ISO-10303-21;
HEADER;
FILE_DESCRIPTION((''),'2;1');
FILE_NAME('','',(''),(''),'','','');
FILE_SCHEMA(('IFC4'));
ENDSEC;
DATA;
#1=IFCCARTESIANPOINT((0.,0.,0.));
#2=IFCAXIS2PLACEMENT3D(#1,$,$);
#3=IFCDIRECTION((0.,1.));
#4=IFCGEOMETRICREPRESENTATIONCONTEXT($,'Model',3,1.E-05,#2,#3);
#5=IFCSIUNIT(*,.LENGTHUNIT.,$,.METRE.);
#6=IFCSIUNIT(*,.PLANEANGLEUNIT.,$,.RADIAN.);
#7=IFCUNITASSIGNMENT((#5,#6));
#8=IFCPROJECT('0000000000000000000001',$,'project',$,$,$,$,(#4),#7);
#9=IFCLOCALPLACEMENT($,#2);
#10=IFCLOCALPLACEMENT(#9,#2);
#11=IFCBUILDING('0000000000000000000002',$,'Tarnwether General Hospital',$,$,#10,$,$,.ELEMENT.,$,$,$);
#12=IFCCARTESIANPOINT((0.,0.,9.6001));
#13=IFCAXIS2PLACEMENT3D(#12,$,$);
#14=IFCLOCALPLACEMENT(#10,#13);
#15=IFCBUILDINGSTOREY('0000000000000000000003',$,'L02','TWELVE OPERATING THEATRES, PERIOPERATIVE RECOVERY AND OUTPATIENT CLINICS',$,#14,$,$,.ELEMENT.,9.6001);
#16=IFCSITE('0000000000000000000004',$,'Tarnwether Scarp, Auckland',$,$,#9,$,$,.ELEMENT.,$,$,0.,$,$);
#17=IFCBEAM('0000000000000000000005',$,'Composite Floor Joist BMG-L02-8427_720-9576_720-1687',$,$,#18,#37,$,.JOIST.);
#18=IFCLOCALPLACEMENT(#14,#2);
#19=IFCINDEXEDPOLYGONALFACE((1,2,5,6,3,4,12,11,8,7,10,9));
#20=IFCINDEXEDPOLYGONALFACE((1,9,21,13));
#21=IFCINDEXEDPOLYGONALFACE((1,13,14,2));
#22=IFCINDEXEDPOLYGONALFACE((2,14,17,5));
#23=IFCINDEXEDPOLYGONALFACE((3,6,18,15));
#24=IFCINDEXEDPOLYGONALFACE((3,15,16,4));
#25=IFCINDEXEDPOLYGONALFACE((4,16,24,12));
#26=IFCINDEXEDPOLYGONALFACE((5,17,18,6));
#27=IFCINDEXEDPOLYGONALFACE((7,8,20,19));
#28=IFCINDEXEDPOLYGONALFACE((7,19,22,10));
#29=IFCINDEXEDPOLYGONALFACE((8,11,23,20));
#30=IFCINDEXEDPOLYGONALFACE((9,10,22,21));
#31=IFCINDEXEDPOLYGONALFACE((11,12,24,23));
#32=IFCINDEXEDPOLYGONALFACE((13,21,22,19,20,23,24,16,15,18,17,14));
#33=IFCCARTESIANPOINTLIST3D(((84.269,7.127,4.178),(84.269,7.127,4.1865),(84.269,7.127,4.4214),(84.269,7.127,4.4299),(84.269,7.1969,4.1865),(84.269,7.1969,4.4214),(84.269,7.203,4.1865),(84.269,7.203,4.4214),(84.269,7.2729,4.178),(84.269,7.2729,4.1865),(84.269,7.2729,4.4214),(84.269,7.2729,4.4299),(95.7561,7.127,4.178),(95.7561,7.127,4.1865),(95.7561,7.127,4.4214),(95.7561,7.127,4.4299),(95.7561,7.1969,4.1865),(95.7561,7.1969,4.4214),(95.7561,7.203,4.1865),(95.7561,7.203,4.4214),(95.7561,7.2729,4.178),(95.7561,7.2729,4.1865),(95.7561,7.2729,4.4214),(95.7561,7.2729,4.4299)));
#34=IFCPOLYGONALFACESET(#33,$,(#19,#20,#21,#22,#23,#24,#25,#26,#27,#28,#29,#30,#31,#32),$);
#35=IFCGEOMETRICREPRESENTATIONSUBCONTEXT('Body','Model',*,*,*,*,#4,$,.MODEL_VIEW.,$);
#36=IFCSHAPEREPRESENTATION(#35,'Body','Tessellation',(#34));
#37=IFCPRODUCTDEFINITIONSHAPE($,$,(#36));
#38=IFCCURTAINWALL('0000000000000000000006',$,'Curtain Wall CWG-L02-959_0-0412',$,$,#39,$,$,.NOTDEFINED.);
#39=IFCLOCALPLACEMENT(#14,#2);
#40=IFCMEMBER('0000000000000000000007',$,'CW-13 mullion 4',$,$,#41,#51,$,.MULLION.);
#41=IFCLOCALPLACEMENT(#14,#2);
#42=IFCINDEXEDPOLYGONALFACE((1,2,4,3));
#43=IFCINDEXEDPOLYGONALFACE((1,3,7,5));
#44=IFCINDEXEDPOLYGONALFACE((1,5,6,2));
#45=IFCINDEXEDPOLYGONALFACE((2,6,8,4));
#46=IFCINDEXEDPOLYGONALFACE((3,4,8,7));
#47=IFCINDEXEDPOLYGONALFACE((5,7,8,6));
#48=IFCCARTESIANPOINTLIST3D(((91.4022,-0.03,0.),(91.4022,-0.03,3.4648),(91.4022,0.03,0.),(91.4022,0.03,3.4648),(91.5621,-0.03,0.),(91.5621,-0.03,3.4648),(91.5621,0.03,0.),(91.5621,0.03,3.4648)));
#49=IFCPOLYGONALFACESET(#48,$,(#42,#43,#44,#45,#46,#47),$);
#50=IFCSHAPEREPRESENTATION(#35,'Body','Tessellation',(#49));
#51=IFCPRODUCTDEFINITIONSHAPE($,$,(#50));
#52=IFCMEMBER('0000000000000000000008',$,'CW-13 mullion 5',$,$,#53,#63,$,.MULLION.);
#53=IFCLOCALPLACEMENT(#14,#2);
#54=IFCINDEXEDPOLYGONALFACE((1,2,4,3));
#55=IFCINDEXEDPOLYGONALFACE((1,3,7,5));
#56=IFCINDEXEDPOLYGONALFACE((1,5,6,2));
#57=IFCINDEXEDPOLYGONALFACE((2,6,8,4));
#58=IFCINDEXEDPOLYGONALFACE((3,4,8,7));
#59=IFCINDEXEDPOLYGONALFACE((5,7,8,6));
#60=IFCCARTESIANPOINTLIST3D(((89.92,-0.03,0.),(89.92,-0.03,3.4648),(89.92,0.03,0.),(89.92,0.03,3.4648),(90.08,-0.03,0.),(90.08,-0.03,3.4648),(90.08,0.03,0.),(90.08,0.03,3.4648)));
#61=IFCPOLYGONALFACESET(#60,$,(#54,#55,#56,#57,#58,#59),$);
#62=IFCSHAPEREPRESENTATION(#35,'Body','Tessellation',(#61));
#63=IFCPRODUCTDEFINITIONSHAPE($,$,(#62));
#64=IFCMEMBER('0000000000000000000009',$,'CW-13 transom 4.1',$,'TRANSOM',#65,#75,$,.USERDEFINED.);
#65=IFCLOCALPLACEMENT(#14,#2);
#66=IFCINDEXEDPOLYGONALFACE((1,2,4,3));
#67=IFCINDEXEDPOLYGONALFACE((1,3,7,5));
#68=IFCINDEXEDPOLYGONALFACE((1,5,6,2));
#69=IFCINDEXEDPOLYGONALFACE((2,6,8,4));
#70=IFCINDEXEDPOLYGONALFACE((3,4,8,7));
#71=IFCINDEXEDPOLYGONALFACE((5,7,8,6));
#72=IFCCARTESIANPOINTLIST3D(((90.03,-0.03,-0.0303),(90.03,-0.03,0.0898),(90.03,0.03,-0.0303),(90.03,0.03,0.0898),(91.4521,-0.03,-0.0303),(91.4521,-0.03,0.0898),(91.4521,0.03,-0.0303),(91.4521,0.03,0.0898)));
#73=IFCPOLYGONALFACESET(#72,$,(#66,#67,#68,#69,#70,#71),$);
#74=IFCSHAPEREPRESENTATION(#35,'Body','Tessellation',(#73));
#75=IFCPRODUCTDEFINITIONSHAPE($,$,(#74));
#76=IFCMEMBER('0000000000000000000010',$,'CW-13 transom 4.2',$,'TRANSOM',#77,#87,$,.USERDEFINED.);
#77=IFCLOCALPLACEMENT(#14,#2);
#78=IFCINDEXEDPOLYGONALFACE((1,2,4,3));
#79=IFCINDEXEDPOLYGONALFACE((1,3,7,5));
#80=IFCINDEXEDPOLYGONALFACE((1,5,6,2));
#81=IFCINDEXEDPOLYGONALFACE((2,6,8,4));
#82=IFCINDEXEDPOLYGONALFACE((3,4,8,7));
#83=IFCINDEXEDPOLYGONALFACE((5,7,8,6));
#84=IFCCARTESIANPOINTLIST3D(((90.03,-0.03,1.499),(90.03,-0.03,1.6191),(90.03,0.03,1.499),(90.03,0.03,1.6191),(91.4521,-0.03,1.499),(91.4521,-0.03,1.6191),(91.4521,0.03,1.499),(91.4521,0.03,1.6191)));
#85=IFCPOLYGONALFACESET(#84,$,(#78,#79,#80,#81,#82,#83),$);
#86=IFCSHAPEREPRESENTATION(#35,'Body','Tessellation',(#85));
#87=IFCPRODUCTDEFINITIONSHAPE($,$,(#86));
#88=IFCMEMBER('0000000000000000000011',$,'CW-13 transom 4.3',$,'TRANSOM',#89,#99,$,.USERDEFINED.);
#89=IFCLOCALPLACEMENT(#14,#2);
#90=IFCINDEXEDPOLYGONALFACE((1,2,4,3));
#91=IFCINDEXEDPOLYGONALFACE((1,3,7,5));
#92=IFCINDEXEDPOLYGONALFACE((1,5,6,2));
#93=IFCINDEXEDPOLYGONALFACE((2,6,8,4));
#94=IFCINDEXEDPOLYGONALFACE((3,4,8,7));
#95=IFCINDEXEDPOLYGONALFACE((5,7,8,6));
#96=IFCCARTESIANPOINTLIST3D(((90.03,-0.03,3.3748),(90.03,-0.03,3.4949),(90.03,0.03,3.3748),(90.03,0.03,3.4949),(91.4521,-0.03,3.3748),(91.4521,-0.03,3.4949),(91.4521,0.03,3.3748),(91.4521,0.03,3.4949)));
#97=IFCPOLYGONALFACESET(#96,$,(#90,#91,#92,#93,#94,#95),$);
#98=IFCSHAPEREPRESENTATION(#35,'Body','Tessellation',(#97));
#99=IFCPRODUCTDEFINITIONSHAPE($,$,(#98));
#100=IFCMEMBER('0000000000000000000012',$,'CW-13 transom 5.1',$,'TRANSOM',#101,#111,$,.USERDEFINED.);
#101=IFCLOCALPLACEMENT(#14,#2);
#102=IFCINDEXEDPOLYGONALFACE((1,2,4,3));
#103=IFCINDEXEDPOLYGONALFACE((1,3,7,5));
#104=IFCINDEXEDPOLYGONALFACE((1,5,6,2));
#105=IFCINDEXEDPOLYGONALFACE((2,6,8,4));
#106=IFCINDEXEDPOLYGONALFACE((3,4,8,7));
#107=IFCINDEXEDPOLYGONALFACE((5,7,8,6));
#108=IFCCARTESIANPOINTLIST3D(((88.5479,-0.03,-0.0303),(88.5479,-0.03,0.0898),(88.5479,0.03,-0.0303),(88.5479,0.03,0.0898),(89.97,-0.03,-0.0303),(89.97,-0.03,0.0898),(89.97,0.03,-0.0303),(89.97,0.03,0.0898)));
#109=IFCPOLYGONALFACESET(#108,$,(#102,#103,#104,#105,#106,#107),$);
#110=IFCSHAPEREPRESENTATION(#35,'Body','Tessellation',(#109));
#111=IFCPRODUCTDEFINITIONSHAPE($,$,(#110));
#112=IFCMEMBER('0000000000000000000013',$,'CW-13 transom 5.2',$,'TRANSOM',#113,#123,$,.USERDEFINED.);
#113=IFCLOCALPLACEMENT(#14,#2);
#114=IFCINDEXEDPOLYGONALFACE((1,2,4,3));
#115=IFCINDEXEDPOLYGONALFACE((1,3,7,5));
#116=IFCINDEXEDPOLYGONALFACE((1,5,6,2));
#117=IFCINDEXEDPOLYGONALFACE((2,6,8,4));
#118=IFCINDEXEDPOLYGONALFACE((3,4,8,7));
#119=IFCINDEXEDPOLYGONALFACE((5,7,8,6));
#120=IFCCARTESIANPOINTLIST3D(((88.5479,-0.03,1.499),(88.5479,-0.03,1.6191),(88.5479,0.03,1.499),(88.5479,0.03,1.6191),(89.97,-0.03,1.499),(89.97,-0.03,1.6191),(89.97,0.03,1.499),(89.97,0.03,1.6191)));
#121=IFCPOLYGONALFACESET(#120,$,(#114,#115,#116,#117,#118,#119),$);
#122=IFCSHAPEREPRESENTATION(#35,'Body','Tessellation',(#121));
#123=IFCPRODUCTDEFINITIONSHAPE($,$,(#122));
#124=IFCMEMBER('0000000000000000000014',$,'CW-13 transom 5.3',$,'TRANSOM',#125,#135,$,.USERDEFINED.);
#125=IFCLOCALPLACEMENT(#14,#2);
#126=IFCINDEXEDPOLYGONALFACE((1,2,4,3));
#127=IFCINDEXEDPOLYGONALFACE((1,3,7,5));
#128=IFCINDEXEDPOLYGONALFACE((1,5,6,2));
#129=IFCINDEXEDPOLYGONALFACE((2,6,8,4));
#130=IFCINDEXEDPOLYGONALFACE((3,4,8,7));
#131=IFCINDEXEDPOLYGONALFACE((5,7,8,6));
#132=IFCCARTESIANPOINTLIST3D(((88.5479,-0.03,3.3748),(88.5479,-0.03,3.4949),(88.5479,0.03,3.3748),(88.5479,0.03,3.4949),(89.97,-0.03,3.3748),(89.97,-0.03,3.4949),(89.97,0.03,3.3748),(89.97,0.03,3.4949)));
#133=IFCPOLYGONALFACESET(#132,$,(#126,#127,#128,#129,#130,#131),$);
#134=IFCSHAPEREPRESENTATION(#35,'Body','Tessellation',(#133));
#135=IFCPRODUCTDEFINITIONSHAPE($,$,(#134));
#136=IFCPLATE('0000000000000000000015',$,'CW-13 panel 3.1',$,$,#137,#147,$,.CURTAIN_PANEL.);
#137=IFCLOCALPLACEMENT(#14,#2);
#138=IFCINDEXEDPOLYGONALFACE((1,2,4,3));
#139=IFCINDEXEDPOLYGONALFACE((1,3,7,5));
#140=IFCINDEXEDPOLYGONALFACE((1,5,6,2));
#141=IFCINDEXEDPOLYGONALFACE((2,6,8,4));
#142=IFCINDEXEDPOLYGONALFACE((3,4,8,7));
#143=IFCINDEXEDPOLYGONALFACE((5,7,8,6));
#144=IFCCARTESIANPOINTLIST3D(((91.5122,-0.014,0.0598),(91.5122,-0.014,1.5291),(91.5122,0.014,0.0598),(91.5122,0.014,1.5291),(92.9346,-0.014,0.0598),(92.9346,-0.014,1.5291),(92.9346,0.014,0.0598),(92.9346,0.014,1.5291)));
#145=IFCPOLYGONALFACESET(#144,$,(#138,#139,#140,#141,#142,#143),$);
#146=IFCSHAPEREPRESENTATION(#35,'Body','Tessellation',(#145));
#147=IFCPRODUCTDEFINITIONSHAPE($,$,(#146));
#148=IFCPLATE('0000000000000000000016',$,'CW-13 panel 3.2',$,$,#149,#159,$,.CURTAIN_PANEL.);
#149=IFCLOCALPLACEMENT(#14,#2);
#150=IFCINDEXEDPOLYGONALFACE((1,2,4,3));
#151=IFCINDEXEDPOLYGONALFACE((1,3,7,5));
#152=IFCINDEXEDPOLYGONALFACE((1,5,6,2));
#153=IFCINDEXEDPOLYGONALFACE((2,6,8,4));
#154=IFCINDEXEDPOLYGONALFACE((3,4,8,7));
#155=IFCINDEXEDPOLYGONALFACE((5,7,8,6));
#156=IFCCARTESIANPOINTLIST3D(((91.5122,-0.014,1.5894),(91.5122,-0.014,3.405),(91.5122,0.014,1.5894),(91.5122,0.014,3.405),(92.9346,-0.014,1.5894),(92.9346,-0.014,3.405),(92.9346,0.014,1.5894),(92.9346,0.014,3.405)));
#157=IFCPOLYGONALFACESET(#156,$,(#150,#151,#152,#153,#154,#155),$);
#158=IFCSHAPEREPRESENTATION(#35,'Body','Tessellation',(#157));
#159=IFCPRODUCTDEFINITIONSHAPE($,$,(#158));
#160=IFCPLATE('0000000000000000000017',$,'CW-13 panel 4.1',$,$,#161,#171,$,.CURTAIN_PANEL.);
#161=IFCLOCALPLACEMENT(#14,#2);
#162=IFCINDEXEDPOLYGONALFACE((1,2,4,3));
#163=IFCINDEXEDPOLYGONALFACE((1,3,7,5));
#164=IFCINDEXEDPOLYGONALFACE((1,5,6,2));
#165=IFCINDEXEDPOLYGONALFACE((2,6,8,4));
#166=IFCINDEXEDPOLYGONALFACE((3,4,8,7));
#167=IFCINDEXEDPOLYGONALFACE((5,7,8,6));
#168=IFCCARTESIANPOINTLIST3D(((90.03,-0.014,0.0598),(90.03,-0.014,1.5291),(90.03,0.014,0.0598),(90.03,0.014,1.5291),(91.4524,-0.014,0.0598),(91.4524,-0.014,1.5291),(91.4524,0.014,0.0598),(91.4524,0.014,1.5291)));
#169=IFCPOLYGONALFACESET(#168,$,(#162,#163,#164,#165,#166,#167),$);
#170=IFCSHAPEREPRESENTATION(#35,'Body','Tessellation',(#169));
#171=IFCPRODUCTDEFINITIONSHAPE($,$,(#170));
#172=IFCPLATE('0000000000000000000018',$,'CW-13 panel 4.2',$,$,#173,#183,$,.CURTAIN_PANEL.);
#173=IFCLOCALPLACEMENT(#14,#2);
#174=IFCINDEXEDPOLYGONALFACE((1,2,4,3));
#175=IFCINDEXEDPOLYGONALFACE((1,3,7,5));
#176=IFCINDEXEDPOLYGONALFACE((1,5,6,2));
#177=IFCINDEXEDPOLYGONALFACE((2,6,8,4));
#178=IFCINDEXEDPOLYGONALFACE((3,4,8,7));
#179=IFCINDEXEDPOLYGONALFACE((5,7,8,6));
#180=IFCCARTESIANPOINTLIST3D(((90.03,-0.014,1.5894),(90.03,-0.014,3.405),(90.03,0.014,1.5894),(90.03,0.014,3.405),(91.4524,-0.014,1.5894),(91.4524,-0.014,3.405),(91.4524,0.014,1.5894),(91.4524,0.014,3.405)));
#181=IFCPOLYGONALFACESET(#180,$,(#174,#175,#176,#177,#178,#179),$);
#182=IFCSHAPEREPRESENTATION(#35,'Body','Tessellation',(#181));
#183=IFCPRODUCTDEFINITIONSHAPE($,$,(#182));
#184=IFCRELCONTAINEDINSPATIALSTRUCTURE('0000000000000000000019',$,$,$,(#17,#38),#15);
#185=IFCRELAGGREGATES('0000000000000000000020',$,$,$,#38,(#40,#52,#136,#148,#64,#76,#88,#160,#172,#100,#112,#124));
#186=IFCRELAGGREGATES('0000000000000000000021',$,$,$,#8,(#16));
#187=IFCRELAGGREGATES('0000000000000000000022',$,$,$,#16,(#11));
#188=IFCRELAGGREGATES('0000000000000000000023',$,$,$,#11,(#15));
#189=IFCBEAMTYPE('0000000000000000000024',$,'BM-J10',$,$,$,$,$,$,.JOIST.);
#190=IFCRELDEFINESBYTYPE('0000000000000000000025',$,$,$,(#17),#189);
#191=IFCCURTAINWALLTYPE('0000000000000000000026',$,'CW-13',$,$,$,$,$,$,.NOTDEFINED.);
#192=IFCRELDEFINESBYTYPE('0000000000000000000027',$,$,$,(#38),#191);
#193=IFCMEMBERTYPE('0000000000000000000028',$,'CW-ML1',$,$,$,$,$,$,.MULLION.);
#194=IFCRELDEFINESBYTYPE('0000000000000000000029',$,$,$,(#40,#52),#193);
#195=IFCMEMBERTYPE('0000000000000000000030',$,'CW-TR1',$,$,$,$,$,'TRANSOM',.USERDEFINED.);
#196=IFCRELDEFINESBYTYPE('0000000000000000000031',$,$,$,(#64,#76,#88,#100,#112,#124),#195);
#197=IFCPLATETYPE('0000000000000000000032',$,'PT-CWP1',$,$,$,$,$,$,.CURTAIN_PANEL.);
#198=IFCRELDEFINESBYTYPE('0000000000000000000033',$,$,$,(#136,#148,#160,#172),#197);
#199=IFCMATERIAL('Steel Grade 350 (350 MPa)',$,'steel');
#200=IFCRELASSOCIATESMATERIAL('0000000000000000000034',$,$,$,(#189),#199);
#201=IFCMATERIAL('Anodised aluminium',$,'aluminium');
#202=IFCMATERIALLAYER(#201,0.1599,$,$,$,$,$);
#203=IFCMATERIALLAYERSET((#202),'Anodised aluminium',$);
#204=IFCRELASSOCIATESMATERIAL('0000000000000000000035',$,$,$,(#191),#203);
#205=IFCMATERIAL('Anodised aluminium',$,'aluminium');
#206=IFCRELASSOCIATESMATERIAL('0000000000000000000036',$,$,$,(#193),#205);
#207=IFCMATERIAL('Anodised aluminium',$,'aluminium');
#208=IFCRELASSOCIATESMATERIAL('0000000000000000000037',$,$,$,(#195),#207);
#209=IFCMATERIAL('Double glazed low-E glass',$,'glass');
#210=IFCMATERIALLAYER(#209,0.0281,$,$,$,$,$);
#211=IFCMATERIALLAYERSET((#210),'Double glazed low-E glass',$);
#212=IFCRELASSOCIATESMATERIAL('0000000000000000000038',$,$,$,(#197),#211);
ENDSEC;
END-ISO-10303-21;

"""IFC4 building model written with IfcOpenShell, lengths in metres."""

from ifc_helpers import new_model, si_unit, direction, frame, origin, origin_2d, place, context, subcontext, project, spatial, rectangle, i_section, extrude, material, layer, layer_set, material_profile, profile_set, type_object, element, aggregate, save


model = new_model("IFC4")

# Units and contexts
model_context = context("Model", 3, precision=1e-05, world=origin(), true_north=direction((0.0, 1.0)))
body_context = subcontext(model_context, "Body", "Model", "MODEL_VIEW")
ifc_project = project(units=[si_unit("LENGTHUNIT", "METRE"), si_unit("PLANEANGLEUNIT", "RADIAN")], contexts=[model_context])

# Site, building, storey
site_placement = place(None, origin())
site = spatial("IfcSite", under=ifc_project, at=site_placement, Name="Tarnwether Scarp, Auckland", CompositionType="ELEMENT", RefElevation=0.0)
building_placement = place(site_placement, origin())
building = spatial("IfcBuilding", under=site, at=building_placement, Name="Tarnwether General Hospital", CompositionType="ELEMENT")
storey_placement = place(building_placement, frame((0.0, 0.0, 9.6001)))
storey = spatial("IfcBuildingStorey", under=building, at=storey_placement, Name="L02", Description="TWELVE OPERATING THEATRES, PERIOPERATIVE RECOVERY AND OUTPATIENT CLINICS", CompositionType="ELEMENT", Elevation=9.6001)

# Beam
ifc_material_1 = material(Name="Steel Grade 350 (350 MPa)", Category="steel")
ifc_material_profile_1 = material_profile(ifc_material_1, i_section(OverallWidth=0.146, OverallDepth=0.252, WebThickness=0.0061, FlangeThickness=0.0085, at=origin_2d()), Name="250UB31.4")
ifc_profile_set_1 = profile_set([ifc_material_profile_1], Name="Steel Grade 350 (350 MPa)")
beam_type_1 = type_object("IfcBeamType", Name="BM-J10", PredefinedType="JOIST", material=ifc_profile_set_1)
beam_1_placement = place(storey_placement, frame((84.269, 7.2, 4.304), z_axis=(1.0, 0.0, 0.0), x_axis=(0.0, 1.0, 0.0)))
element("IfcBeam", 1, at=beam_1_placement, inside=storey, type_object=beam_type_1, Name="Composite Floor Joist BMG-L02-8427_720-9576_720-1687", PredefinedType="JOIST", context=body_context, shape_type="SweptSolid", body=[
    extrude(i_section(OverallWidth=0.146, OverallDepth=0.252, WebThickness=0.0061, FlangeThickness=0.0085, at=origin_2d()), origin(), (0.0, 0.0, 1.0), 11.4871),
])

# Curtain wall, members, plates
ifc_material_2 = material(Name="Anodised aluminium", Category="aluminium")
ifc_layer_1 = layer(ifc_material_2, 0.1599)
ifc_layer_set_1 = layer_set([ifc_layer_1], Name="Anodised aluminium")
curtain_wall_type = type_object("IfcCurtainWallType", Name="CW-13", PredefinedType="NOTDEFINED", material=ifc_layer_set_1)
curtain_wall_placement = place(storey_placement, origin())
curtain_wall = element("IfcCurtainWall", 2, at=curtain_wall_placement, inside=storey, type_object=curtain_wall_type, Name="Curtain Wall CWG-L02-959_0-0412", PredefinedType="NOTDEFINED")
ifc_material_3 = material(Name="Anodised aluminium", Category="aluminium")
ifc_material_profile_2 = material_profile(ifc_material_3, rectangle(XDim=0.0601, YDim=0.1599, at=origin_2d()), Name="ALU-MUL-60x160")
ifc_profile_set_2 = profile_set([ifc_material_profile_2], Name="Anodised aluminium")
member_type_1 = type_object("IfcMemberType", Name="CW-ML1", PredefinedType="MULLION", material=ifc_profile_set_2)
member_1_placement = place(storey_placement, frame((91.4822, 0.0, 0.0), z_axis=(0.0, 0.0, 1.0), x_axis=(0.0, -1.0, 0.0)))
member_1 = element("IfcMember", 3, at=member_1_placement, type_object=member_type_1, Name="CW-13 mullion 4", PredefinedType="MULLION", context=body_context, shape_type="SweptSolid", body=[
    extrude(rectangle(XDim=0.0601, YDim=0.1599, at=origin_2d()), origin(), (0.0, 0.0, 1.0), 3.4648),
])
member_2_placement = place(storey_placement, frame((90.0, 0.0, 0.0), z_axis=(0.0, 0.0, 1.0), x_axis=(0.0, -1.0, 0.0)))
member_2 = element("IfcMember", 4, at=member_2_placement, type_object=member_type_1, Name="CW-13 mullion 5", PredefinedType="MULLION", context=body_context, shape_type="SweptSolid", body=[
    extrude(rectangle(XDim=0.0601, YDim=0.1599, at=origin_2d()), origin(), (0.0, 0.0, 1.0), 3.4648),
])
ifc_material_4 = material(Name="Anodised aluminium", Category="aluminium")
ifc_material_profile_3 = material_profile(ifc_material_4, rectangle(XDim=0.0601, YDim=0.1201, at=origin_2d()), Name="ALU-TRN-60x120")
ifc_profile_set_3 = profile_set([ifc_material_profile_3], Name="Anodised aluminium")
member_type_2 = type_object("IfcMemberType", Name="CW-TR1", ElementType="TRANSOM", PredefinedType="USERDEFINED", material=ifc_profile_set_3)
member_3_placement = place(storey_placement, frame((91.4521, 0.0, 0.0298), z_axis=(-1.0, 0.0, 0.0), x_axis=(0.0, -1.0, 0.0)))
member_3 = element("IfcMember", 5, at=member_3_placement, type_object=member_type_2, Name="CW-13 transom 4.1", ObjectType="TRANSOM", PredefinedType="USERDEFINED", context=body_context, shape_type="SweptSolid", body=[
    extrude(rectangle(XDim=0.0601, YDim=0.1201, at=origin_2d()), origin(), (0.0, 0.0, 1.0), 1.4221),
])
member_4_placement = place(storey_placement, frame((91.4521, 0.0, 1.5591), z_axis=(-1.0, 0.0, 0.0), x_axis=(0.0, -1.0, 0.0)))
member_4 = element("IfcMember", 6, at=member_4_placement, type_object=member_type_2, Name="CW-13 transom 4.2", ObjectType="TRANSOM", PredefinedType="USERDEFINED", context=body_context, shape_type="SweptSolid", body=[
    extrude(rectangle(XDim=0.0601, YDim=0.1201, at=origin_2d()), origin(), (0.0, 0.0, 1.0), 1.4221),
])
member_5_placement = place(storey_placement, frame((91.4521, 0.0, 3.4348), z_axis=(-1.0, 0.0, 0.0), x_axis=(0.0, -1.0, 0.0)))
member_5 = element("IfcMember", 7, at=member_5_placement, type_object=member_type_2, Name="CW-13 transom 4.3", ObjectType="TRANSOM", PredefinedType="USERDEFINED", context=body_context, shape_type="SweptSolid", body=[
    extrude(rectangle(XDim=0.0601, YDim=0.1201, at=origin_2d()), origin(), (0.0, 0.0, 1.0), 1.4221),
])
member_6_placement = place(storey_placement, frame((89.97, 0.0, 0.0298), z_axis=(-1.0, 0.0, 0.0), x_axis=(0.0, -1.0, 0.0)))
member_6 = element("IfcMember", 8, at=member_6_placement, type_object=member_type_2, Name="CW-13 transom 5.1", ObjectType="TRANSOM", PredefinedType="USERDEFINED", context=body_context, shape_type="SweptSolid", body=[
    extrude(rectangle(XDim=0.0601, YDim=0.1201, at=origin_2d()), origin(), (0.0, 0.0, 1.0), 1.4221),
])
member_7_placement = place(storey_placement, frame((89.97, 0.0, 1.5591), z_axis=(-1.0, 0.0, 0.0), x_axis=(0.0, -1.0, 0.0)))
member_7 = element("IfcMember", 9, at=member_7_placement, type_object=member_type_2, Name="CW-13 transom 5.2", ObjectType="TRANSOM", PredefinedType="USERDEFINED", context=body_context, shape_type="SweptSolid", body=[
    extrude(rectangle(XDim=0.0601, YDim=0.1201, at=origin_2d()), origin(), (0.0, 0.0, 1.0), 1.4221),
])
member_8_placement = place(storey_placement, frame((89.97, 0.0, 3.4348), z_axis=(-1.0, 0.0, 0.0), x_axis=(0.0, -1.0, 0.0)))
member_8 = element("IfcMember", 10, at=member_8_placement, type_object=member_type_2, Name="CW-13 transom 5.3", ObjectType="TRANSOM", PredefinedType="USERDEFINED", context=body_context, shape_type="SweptSolid", body=[
    extrude(rectangle(XDim=0.0601, YDim=0.1201, at=origin_2d()), origin(), (0.0, 0.0, 1.0), 1.4221),
])
ifc_material_5 = material(Name="Double glazed low-E glass", Category="glass")
ifc_layer_2 = layer(ifc_material_5, 0.0281)
ifc_layer_set_2 = layer_set([ifc_layer_2], Name="Double glazed low-E glass")
plate_type_1 = type_object("IfcPlateType", Name="PT-CWP1", PredefinedType="CURTAIN_PANEL", material=ifc_layer_set_2)
plate_1_placement = place(storey_placement, frame((92.2234, 0.0, 0.0598), z_axis=(0.0, 0.0, 1.0), x_axis=(-1.0, 0.0, 0.0)))
plate_1 = element("IfcPlate", 11, at=plate_1_placement, type_object=plate_type_1, Name="CW-13 panel 3.1", PredefinedType="CURTAIN_PANEL", context=body_context, shape_type="SweptSolid", body=[
    extrude(rectangle(XDim=1.4224, YDim=0.0281, at=origin_2d()), origin(), (0.0, 0.0, 1.0), 1.4692),
])
plate_2_placement = place(storey_placement, frame((92.2234, 0.0, 1.5894), z_axis=(0.0, 0.0, 1.0), x_axis=(-1.0, 0.0, 0.0)))
plate_2 = element("IfcPlate", 12, at=plate_2_placement, type_object=plate_type_1, Name="CW-13 panel 3.2", PredefinedType="CURTAIN_PANEL", context=body_context, shape_type="SweptSolid", body=[
    extrude(rectangle(XDim=1.4224, YDim=0.0281, at=origin_2d()), origin(), (0.0, 0.0, 1.0), 1.8157),
])
plate_3_placement = place(storey_placement, frame((90.7412, 0.0, 0.0598), z_axis=(0.0, 0.0, 1.0), x_axis=(-1.0, 0.0, 0.0)))
plate_3 = element("IfcPlate", 13, at=plate_3_placement, type_object=plate_type_1, Name="CW-13 panel 4.1", PredefinedType="CURTAIN_PANEL", context=body_context, shape_type="SweptSolid", body=[
    extrude(rectangle(XDim=1.4224, YDim=0.0281, at=origin_2d()), origin(), (0.0, 0.0, 1.0), 1.4692),
])
plate_4_placement = place(storey_placement, frame((90.7412, 0.0, 1.5894), z_axis=(0.0, 0.0, 1.0), x_axis=(-1.0, 0.0, 0.0)))
plate_4 = element("IfcPlate", 14, at=plate_4_placement, type_object=plate_type_1, Name="CW-13 panel 4.2", PredefinedType="CURTAIN_PANEL", context=body_context, shape_type="SweptSolid", body=[
    extrude(rectangle(XDim=1.4224, YDim=0.0281, at=origin_2d()), origin(), (0.0, 0.0, 1.0), 1.8157),
])
aggregate(curtain_wall, [member_1, member_2, plate_1, plate_2, member_3, member_4, member_5, plate_3, plate_4, member_6, member_7, member_8])

save(model, "model.ifc")
